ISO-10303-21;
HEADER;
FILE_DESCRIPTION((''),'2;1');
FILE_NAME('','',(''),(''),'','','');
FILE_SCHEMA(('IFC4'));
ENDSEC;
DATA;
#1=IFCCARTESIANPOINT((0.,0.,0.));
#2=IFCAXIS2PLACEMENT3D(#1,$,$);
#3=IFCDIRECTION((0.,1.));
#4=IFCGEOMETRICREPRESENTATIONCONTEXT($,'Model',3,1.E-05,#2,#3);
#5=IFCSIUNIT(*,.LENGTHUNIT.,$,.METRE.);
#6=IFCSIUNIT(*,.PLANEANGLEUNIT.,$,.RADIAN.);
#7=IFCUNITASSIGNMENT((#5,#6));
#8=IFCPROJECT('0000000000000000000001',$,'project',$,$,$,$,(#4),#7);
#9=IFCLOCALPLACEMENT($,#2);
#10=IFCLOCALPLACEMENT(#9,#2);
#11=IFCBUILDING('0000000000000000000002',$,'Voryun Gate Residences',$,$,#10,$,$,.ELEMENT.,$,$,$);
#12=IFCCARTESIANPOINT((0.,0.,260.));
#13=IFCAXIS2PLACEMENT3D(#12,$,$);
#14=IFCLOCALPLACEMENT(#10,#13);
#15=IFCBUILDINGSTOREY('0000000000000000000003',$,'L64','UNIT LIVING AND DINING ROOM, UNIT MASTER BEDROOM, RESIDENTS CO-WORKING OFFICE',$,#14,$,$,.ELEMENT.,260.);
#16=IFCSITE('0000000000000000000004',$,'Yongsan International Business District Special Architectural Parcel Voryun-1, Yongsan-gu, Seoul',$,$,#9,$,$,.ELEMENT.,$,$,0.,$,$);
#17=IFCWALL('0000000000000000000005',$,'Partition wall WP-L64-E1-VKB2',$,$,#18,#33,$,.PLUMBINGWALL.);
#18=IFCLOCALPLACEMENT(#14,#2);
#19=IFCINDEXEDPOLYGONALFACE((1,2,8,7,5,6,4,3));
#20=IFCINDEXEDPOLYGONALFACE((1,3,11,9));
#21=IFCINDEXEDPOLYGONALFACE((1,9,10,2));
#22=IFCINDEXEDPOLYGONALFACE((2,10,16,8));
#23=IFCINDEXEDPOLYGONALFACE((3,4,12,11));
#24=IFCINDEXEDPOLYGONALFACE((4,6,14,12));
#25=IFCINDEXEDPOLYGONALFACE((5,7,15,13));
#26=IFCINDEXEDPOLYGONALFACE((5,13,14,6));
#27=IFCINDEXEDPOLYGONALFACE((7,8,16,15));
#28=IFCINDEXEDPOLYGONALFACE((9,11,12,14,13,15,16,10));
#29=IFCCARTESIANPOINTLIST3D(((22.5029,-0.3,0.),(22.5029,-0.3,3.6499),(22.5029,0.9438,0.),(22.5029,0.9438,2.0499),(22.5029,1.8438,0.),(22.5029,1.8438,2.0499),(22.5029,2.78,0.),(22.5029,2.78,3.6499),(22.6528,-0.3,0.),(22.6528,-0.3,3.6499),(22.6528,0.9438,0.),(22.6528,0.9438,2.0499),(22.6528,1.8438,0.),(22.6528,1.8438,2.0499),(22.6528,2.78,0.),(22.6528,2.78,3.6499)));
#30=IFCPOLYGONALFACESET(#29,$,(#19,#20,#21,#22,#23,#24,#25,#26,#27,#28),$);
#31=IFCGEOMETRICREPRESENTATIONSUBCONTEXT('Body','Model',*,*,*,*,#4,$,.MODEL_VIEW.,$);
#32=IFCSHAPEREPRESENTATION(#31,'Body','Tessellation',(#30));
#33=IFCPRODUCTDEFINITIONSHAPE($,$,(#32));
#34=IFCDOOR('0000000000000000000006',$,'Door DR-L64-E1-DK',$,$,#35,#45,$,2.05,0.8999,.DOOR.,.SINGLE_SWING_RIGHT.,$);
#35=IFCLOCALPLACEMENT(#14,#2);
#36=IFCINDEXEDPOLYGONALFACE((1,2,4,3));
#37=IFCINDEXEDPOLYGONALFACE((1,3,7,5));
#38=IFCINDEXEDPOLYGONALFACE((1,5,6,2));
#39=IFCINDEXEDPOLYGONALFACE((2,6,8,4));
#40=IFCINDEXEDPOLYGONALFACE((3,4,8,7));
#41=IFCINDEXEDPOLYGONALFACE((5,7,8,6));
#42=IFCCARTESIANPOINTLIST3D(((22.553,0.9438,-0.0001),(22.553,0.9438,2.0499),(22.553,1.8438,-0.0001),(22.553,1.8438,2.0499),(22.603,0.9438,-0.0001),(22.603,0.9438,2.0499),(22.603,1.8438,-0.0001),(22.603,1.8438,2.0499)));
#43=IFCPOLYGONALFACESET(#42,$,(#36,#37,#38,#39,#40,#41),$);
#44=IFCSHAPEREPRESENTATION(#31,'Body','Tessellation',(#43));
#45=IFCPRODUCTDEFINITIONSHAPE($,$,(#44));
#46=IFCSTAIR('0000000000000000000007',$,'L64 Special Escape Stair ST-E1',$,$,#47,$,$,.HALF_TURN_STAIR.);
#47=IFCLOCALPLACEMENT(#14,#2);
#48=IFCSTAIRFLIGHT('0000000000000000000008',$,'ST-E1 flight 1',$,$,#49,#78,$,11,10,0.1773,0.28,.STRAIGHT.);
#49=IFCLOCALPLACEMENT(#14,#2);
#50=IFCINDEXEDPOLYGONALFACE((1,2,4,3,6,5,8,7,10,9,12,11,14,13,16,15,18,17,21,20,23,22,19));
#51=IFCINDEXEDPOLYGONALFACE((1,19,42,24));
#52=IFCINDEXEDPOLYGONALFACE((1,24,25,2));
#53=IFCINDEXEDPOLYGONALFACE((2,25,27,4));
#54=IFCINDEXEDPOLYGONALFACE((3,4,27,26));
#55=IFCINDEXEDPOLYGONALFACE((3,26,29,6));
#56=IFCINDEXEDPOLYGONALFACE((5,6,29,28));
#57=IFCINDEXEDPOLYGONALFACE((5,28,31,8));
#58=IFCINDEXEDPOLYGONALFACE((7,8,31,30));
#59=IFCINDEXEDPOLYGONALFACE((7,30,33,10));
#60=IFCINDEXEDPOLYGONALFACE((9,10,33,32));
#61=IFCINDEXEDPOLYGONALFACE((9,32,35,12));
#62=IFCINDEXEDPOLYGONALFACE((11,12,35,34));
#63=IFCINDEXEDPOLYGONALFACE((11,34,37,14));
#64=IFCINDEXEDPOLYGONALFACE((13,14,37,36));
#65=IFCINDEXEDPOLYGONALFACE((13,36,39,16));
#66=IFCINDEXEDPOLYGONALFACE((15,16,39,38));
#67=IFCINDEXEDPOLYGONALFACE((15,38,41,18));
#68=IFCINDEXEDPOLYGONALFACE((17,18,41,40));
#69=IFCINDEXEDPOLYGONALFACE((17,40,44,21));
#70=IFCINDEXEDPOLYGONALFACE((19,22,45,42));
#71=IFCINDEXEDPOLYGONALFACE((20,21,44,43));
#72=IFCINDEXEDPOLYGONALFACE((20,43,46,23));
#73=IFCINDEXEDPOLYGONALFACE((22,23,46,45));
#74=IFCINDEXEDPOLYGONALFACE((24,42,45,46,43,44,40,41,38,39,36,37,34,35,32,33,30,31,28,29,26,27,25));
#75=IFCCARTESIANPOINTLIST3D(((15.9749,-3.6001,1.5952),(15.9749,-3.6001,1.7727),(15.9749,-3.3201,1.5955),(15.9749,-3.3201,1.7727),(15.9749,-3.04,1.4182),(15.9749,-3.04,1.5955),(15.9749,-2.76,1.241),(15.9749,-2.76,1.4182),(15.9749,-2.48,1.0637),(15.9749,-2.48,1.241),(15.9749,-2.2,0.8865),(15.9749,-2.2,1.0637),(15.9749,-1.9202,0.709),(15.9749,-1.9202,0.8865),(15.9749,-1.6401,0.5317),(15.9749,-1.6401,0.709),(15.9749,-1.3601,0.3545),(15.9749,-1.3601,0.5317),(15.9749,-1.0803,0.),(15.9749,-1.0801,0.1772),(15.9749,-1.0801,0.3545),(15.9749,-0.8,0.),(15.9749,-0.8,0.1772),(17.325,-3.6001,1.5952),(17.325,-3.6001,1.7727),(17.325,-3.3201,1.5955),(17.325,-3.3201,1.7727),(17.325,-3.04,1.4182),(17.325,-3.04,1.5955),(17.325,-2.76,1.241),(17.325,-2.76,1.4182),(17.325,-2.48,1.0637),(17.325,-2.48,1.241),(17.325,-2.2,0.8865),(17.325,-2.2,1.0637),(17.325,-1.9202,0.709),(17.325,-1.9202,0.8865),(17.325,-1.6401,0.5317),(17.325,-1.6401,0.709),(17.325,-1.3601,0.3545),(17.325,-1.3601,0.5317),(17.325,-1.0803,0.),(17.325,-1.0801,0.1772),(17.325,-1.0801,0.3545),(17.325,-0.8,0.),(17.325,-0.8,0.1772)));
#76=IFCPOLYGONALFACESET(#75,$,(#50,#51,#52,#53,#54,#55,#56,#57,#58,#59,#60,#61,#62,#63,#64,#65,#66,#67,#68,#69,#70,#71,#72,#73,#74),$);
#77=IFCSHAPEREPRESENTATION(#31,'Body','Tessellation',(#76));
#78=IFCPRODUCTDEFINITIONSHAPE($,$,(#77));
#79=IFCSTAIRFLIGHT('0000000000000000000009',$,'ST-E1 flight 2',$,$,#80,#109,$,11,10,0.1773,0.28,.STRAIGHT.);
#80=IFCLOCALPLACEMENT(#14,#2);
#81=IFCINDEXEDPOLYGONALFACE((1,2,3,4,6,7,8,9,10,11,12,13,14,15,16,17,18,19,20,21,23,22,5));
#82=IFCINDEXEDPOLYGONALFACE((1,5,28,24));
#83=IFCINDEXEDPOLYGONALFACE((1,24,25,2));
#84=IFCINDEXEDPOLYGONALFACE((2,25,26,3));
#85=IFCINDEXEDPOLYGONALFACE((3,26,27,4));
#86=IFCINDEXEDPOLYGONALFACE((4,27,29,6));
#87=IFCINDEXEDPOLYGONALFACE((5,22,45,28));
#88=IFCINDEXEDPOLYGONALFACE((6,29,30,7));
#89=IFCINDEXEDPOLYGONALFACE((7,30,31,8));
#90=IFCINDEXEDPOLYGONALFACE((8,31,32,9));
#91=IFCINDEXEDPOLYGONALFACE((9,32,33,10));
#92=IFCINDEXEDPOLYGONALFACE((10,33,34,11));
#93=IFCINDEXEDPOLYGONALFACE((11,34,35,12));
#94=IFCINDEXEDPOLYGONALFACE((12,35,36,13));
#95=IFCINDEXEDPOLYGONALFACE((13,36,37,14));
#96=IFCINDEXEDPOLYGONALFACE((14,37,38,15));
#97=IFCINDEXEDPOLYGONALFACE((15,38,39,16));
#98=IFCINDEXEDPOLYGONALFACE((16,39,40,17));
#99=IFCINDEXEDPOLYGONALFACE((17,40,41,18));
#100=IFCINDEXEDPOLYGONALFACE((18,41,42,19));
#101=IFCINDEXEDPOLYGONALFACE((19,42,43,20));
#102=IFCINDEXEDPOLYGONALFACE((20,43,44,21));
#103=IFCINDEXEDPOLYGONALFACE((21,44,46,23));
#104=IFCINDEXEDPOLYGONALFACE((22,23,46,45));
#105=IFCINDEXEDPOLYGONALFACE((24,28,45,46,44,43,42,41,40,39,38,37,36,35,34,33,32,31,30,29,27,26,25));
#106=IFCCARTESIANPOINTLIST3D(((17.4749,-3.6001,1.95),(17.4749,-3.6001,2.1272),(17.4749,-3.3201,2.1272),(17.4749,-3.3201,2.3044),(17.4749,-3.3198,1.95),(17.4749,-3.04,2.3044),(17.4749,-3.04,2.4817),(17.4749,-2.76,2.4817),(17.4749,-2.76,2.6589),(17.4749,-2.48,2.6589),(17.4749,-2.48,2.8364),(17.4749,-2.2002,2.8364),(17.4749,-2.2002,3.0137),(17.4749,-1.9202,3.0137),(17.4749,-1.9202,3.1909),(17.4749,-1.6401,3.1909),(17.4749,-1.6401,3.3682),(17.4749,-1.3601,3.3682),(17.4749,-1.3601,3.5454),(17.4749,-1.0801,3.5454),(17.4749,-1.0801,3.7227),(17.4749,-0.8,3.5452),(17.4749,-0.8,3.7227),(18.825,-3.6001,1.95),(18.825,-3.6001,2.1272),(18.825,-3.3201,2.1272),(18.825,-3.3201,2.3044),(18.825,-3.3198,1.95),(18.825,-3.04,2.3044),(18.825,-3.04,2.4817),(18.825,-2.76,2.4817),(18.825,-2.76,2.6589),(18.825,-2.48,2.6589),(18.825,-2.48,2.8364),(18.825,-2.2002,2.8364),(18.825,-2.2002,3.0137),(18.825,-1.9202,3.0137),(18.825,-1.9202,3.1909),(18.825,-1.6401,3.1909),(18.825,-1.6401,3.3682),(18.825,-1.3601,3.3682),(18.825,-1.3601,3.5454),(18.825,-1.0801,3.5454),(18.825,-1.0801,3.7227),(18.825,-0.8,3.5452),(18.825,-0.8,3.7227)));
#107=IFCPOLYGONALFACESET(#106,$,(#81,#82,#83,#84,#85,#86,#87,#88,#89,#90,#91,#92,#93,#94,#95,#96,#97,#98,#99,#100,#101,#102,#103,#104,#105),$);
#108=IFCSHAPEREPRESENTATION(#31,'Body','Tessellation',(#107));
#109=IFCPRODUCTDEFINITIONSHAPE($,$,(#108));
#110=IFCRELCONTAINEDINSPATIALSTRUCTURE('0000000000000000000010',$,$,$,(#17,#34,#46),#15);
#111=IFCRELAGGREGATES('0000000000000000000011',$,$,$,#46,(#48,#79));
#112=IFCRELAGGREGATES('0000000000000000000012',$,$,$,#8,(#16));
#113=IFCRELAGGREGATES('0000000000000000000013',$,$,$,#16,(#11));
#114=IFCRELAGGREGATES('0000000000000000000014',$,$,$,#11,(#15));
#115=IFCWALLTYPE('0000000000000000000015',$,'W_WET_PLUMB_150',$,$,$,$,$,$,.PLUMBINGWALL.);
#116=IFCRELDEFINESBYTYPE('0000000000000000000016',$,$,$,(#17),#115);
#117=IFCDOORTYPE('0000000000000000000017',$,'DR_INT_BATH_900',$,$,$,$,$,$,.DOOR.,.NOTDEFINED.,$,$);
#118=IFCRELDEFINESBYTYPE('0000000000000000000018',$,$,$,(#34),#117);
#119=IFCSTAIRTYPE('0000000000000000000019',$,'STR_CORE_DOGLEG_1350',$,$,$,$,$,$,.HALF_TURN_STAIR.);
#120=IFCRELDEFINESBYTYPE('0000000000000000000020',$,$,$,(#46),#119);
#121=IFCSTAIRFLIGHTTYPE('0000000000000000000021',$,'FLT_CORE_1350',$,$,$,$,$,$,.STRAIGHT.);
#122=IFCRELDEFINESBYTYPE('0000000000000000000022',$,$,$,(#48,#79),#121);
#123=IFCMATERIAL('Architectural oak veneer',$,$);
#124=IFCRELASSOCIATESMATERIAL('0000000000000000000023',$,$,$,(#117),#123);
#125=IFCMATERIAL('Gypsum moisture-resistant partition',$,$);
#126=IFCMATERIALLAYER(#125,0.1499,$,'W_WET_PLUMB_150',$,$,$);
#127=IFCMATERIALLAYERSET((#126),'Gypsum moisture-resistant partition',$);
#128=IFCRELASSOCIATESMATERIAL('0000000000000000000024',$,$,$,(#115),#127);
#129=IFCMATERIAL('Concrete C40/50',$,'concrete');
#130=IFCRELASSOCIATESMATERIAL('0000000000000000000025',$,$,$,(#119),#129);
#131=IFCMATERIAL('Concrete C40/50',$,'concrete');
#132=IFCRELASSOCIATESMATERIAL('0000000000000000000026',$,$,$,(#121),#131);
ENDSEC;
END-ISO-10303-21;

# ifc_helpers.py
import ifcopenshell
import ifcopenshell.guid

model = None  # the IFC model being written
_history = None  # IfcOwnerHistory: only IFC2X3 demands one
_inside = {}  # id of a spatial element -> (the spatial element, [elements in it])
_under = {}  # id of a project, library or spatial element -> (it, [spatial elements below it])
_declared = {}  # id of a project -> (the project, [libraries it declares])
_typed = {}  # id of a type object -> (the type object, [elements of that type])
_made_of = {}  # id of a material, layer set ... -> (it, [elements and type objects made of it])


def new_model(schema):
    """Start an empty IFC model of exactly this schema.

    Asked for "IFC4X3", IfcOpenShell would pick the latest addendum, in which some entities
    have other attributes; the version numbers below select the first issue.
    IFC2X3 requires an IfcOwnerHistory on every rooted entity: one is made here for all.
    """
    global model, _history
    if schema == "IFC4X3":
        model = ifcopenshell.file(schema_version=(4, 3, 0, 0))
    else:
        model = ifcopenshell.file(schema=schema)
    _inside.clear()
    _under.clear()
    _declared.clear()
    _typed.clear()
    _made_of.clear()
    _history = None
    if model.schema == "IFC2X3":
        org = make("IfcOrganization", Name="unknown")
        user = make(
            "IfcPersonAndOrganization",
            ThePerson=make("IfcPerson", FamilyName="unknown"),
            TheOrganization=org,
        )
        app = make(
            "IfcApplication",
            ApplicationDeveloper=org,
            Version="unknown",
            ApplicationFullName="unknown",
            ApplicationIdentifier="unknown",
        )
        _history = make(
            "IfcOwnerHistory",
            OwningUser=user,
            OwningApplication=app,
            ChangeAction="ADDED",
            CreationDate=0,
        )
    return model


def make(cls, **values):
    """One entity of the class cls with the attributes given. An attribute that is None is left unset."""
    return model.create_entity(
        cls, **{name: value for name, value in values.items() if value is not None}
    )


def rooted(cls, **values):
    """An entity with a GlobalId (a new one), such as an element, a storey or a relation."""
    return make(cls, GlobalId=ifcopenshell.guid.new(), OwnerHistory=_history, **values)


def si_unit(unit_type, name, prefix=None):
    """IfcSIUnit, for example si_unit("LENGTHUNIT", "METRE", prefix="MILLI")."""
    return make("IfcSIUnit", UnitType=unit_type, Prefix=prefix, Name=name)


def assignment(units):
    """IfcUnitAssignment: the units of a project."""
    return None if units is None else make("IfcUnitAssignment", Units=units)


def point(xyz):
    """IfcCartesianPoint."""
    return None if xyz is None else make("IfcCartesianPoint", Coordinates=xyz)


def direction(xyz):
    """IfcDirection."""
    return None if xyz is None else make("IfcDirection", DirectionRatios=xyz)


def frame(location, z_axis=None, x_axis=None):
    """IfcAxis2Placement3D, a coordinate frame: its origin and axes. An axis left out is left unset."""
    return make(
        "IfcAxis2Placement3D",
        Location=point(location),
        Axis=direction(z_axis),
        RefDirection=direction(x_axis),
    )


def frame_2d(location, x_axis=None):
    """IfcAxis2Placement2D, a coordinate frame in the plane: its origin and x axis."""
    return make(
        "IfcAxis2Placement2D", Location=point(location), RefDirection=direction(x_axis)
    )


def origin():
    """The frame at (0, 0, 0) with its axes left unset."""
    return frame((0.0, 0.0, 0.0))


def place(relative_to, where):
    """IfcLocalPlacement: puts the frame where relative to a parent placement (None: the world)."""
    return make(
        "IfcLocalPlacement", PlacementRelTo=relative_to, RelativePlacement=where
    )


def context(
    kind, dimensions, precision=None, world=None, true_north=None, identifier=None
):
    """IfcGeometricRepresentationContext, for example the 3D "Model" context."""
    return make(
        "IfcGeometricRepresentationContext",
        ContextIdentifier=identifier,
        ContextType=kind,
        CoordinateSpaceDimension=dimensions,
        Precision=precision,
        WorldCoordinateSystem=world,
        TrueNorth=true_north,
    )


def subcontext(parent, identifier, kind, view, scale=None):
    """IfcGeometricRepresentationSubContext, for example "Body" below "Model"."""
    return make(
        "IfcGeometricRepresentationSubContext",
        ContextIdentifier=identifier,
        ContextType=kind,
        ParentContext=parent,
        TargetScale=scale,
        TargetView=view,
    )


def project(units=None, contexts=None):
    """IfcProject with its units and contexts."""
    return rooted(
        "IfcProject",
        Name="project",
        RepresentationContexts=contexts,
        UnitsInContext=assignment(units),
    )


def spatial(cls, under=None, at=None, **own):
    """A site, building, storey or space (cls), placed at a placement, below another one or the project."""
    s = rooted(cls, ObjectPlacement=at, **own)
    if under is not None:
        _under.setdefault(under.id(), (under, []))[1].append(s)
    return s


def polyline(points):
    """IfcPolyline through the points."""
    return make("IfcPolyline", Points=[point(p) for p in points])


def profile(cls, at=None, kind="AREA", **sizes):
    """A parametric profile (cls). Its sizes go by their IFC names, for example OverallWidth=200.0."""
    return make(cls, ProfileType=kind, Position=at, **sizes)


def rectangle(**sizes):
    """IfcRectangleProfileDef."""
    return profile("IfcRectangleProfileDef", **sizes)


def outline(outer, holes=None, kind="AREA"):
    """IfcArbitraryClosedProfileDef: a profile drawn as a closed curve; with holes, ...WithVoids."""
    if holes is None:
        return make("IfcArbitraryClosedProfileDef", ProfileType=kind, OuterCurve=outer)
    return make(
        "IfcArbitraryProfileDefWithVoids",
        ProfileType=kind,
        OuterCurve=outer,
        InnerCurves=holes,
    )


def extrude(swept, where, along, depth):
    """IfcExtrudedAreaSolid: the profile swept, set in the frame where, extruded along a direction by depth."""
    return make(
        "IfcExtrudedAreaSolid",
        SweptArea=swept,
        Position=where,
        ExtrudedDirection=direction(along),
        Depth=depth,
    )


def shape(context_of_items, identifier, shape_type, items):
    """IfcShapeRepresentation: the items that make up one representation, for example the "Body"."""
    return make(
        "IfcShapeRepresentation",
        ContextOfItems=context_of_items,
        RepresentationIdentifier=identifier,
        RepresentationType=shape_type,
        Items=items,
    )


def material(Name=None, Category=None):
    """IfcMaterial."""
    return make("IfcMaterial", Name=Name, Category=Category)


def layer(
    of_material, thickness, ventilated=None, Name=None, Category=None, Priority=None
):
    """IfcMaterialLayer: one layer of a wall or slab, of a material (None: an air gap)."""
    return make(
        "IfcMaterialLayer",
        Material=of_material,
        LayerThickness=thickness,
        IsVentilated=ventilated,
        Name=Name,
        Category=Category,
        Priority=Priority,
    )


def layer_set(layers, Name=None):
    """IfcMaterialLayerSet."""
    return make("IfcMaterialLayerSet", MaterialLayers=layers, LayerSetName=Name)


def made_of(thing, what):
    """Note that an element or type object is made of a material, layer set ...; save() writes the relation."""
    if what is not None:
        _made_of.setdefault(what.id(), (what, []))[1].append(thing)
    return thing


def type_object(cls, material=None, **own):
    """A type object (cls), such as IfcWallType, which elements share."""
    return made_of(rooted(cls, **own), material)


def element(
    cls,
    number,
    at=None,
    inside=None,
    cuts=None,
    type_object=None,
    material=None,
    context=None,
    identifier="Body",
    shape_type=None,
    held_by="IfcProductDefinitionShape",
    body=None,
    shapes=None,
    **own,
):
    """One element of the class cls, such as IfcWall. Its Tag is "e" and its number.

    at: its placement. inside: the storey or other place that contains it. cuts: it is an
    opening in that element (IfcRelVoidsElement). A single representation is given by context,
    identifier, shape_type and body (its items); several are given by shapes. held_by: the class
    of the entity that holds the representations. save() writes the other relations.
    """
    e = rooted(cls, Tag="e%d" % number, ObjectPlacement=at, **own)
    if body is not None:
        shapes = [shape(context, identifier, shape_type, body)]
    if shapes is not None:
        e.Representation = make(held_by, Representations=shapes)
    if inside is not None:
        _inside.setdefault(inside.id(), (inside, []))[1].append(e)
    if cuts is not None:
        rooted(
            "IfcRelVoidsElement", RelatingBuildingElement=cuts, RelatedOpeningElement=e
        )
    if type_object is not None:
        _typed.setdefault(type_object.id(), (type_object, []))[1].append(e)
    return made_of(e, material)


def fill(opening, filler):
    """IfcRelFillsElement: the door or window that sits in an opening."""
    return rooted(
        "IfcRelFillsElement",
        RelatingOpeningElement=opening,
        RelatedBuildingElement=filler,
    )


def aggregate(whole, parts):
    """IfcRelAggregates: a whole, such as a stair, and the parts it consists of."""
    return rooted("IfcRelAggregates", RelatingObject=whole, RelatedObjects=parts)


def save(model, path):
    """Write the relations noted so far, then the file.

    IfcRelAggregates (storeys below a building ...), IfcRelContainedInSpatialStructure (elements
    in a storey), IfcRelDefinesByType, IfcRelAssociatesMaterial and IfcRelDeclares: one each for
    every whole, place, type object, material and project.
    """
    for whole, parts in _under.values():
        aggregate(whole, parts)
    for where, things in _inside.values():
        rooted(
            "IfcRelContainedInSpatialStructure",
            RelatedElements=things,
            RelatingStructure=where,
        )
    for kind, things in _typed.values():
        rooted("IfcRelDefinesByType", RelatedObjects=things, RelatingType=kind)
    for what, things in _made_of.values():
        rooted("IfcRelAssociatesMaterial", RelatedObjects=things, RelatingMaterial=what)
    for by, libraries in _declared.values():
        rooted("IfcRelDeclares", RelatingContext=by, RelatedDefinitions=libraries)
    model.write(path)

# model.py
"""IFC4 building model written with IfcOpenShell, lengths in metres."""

from ifc_helpers import new_model, si_unit, direction, frame, frame_2d, origin, place, context, subcontext, project, spatial, polyline, rectangle, outline, extrude, material, layer, layer_set, type_object, element, fill, aggregate, save


model = new_model("IFC4")

# Units and contexts
model_context = context("Model", 3, precision=1e-05, world=origin(), true_north=direction((0.0, 1.0)))
body_context = subcontext(model_context, "Body", "Model", "MODEL_VIEW")
ifc_project = project(units=[si_unit("LENGTHUNIT", "METRE"), si_unit("PLANEANGLEUNIT", "RADIAN")], contexts=[model_context])

# Site, building, storey
site_placement = place(None, origin())
site = spatial("IfcSite", under=ifc_project, at=site_placement, Name="Yongsan International Business District Special Architectural Parcel Voryun-1, Yongsan-gu, Seoul", CompositionType="ELEMENT", RefElevation=0.0)
building_placement = place(site_placement, origin())
building = spatial("IfcBuilding", under=site, at=building_placement, Name="Voryun Gate Residences", CompositionType="ELEMENT")
storey_placement = place(building_placement, frame((0.0, 0.0, 260.0)))
storey = spatial("IfcBuildingStorey", under=building, at=storey_placement, Name="L64", Description="UNIT LIVING AND DINING ROOM, UNIT MASTER BEDROOM, RESIDENTS CO-WORKING OFFICE", CompositionType="ELEMENT", Elevation=260.0)

# Shared definitions
ifc_material_1 = material(Name="Architectural oak veneer")
door_type_1 = type_object("IfcDoorType", Name="DR_INT_BATH_900", OperationType="NOTDEFINED", PredefinedType="DOOR", material=ifc_material_1)

# Shared definitions
ifc_material_2 = material(Name="Gypsum moisture-resistant partition")
ifc_layer_1 = layer(ifc_material_2, 0.1499, Name="W_WET_PLUMB_150")
ifc_layer_set_1 = layer_set([ifc_layer_1], Name="Gypsum moisture-resistant partition")
wall_type_1 = type_object("IfcWallType", Name="W_WET_PLUMB_150", PredefinedType="PLUMBINGWALL", material=ifc_layer_set_1)

# Wall, opening, door
wall_1_placement = place(storey_placement, frame((22.5779, -0.3, 0.0), z_axis=(0.0, 0.0, 1.0), x_axis=(0.0, 1.0, 0.0)))
wall_1 = element("IfcWall", 1, at=wall_1_placement, inside=storey, type_object=wall_type_1, Name="Partition wall WP-L64-E1-VKB2", PredefinedType="PLUMBINGWALL", context=body_context, shape_type="SweptSolid", body=[
    extrude(rectangle(XDim=3.0801, YDim=0.1499, at=frame_2d((1.54, 0.0))), origin(), (0.0, 0.0, 1.0), 3.6499),
])
opening_1_placement = place(wall_1_placement, frame((1.2439, 0.0, 0.0)))
opening_1 = element("IfcOpeningElement", 2, at=opening_1_placement, cuts=wall_1, PredefinedType="OPENING", context=body_context, shape_type="SweptSolid", body=[
    extrude(rectangle(XDim=0.8999, YDim=2.05, at=frame_2d((0.45, 1.0249))), frame((0.0, 0.085, 0.0), z_axis=(0.0, -1.0, 0.0), x_axis=(1.0, 0.0, 0.0)), (0.0, 0.0, 1.0), 0.1699),
])
door_1_placement = place(opening_1_placement, origin())
door_1 = element("IfcDoor", 3, at=door_1_placement, inside=storey, type_object=door_type_1, Name="Door DR-L64-E1-DK", OperationType="SINGLE_SWING_RIGHT", OverallHeight=2.05, OverallWidth=0.8999, PredefinedType="DOOR", context=body_context, shape_type="SweptSolid", body=[
    extrude(rectangle(XDim=0.8999, YDim=2.05, at=frame_2d((0.45, 1.0249))), frame((0.0, 0.0249, 0.0), z_axis=(0.0, -1.0, 0.0), x_axis=(1.0, 0.0, 0.0)), (0.0, 0.0, 1.0), 0.05),
])
fill(opening_1, door_1)

# Stair, stair flights
ifc_material_3 = material(Name="Concrete C40/50", Category="concrete")
stair_type = type_object("IfcStairType", Name="STR_CORE_DOGLEG_1350", PredefinedType="HALF_TURN_STAIR", material=ifc_material_3)
stair_placement = place(storey_placement, origin())
stair = element("IfcStair", 4, at=stair_placement, inside=storey, type_object=stair_type, Name="L64 Special Escape Stair ST-E1", PredefinedType="HALF_TURN_STAIR")
ifc_material_4 = material(Name="Concrete C40/50", Category="concrete")
stair_flight_type = type_object("IfcStairFlightType", Name="FLT_CORE_1350", PredefinedType="STRAIGHT", material=ifc_material_4)
stair_flight_1_placement = place(storey_placement, frame((16.6499, -0.8, 0.0), z_axis=(0.0, 0.0, 1.0), x_axis=(0.0, -1.0, 0.0)))
stair_flight_1 = element("IfcStairFlight", 5, at=stair_flight_1_placement, type_object=stair_flight_type, Name="ST-E1 flight 1", NumberOfRisers=11, NumberOfTreads=10, PredefinedType="STRAIGHT", RiserHeight=0.1773, TreadLength=0.28, context=body_context, shape_type="SweptSolid", body=[
    extrude(outline(polyline([(0.0, 0.0), (0.0, 0.1772), (0.28, 0.1772), (0.28, 0.3545), (0.5601, 0.3545), (0.5601, 0.5317), (0.8401, 0.5317), (0.8401, 0.709), (1.1201, 0.709), (1.1201, 0.8865), (1.3999, 0.8865), (1.3999, 1.0637), (1.6799, 1.0637), (1.6799, 1.241), (1.96, 1.241), (1.96, 1.4182), (2.24, 1.4182), (2.24, 1.5955), (2.52, 1.5955), (2.52, 1.7727), (2.8, 1.7727), (2.8, 1.95), (2.8, 1.5952), (0.2803, 0.0), (0.0, 0.0)])), frame((0.0, 0.675, 0.0), z_axis=(0.0, -1.0, 0.0), x_axis=(1.0, 0.0, 0.0)), (0.0, 0.0, 1.0), 1.3501),
])
stair_flight_2_placement = place(storey_placement, frame((18.1499, -3.6001, 1.95), z_axis=(0.0, 0.0, 1.0), x_axis=(0.0, 1.0, 0.0)))
stair_flight_2 = element("IfcStairFlight", 6, at=stair_flight_2_placement, type_object=stair_flight_type, Name="ST-E1 flight 2", NumberOfRisers=11, NumberOfTreads=10, PredefinedType="STRAIGHT", RiserHeight=0.1773, TreadLength=0.28, context=body_context, shape_type="SweptSolid", body=[
    extrude(outline(polyline([(0.0, 0.0), (0.0, 0.1772), (0.28, 0.1772), (0.28, 0.3545), (0.5601, 0.3545), (0.5601, 0.5317), (0.8401, 0.5317), (0.8401, 0.709), (1.1201, 0.709), (1.1201, 0.8865), (1.3999, 0.8865), (1.3999, 1.0637), (1.6799, 1.0637), (1.6799, 1.241), (1.96, 1.241), (1.96, 1.4182), (2.24, 1.4182), (2.24, 1.5955), (2.52, 1.5955), (2.52, 1.7727), (2.8, 1.7727), (2.8, 1.95), (2.8, 1.5952), (0.2803, 0.0), (0.0, 0.0)])), frame((0.0, 0.675, 0.0), z_axis=(0.0, -1.0, 0.0), x_axis=(1.0, 0.0, 0.0)), (0.0, 0.0, 1.0), 1.3501),
])
aggregate(stair, [stair_flight_1, stair_flight_2])

save(model, "model.ifc")
